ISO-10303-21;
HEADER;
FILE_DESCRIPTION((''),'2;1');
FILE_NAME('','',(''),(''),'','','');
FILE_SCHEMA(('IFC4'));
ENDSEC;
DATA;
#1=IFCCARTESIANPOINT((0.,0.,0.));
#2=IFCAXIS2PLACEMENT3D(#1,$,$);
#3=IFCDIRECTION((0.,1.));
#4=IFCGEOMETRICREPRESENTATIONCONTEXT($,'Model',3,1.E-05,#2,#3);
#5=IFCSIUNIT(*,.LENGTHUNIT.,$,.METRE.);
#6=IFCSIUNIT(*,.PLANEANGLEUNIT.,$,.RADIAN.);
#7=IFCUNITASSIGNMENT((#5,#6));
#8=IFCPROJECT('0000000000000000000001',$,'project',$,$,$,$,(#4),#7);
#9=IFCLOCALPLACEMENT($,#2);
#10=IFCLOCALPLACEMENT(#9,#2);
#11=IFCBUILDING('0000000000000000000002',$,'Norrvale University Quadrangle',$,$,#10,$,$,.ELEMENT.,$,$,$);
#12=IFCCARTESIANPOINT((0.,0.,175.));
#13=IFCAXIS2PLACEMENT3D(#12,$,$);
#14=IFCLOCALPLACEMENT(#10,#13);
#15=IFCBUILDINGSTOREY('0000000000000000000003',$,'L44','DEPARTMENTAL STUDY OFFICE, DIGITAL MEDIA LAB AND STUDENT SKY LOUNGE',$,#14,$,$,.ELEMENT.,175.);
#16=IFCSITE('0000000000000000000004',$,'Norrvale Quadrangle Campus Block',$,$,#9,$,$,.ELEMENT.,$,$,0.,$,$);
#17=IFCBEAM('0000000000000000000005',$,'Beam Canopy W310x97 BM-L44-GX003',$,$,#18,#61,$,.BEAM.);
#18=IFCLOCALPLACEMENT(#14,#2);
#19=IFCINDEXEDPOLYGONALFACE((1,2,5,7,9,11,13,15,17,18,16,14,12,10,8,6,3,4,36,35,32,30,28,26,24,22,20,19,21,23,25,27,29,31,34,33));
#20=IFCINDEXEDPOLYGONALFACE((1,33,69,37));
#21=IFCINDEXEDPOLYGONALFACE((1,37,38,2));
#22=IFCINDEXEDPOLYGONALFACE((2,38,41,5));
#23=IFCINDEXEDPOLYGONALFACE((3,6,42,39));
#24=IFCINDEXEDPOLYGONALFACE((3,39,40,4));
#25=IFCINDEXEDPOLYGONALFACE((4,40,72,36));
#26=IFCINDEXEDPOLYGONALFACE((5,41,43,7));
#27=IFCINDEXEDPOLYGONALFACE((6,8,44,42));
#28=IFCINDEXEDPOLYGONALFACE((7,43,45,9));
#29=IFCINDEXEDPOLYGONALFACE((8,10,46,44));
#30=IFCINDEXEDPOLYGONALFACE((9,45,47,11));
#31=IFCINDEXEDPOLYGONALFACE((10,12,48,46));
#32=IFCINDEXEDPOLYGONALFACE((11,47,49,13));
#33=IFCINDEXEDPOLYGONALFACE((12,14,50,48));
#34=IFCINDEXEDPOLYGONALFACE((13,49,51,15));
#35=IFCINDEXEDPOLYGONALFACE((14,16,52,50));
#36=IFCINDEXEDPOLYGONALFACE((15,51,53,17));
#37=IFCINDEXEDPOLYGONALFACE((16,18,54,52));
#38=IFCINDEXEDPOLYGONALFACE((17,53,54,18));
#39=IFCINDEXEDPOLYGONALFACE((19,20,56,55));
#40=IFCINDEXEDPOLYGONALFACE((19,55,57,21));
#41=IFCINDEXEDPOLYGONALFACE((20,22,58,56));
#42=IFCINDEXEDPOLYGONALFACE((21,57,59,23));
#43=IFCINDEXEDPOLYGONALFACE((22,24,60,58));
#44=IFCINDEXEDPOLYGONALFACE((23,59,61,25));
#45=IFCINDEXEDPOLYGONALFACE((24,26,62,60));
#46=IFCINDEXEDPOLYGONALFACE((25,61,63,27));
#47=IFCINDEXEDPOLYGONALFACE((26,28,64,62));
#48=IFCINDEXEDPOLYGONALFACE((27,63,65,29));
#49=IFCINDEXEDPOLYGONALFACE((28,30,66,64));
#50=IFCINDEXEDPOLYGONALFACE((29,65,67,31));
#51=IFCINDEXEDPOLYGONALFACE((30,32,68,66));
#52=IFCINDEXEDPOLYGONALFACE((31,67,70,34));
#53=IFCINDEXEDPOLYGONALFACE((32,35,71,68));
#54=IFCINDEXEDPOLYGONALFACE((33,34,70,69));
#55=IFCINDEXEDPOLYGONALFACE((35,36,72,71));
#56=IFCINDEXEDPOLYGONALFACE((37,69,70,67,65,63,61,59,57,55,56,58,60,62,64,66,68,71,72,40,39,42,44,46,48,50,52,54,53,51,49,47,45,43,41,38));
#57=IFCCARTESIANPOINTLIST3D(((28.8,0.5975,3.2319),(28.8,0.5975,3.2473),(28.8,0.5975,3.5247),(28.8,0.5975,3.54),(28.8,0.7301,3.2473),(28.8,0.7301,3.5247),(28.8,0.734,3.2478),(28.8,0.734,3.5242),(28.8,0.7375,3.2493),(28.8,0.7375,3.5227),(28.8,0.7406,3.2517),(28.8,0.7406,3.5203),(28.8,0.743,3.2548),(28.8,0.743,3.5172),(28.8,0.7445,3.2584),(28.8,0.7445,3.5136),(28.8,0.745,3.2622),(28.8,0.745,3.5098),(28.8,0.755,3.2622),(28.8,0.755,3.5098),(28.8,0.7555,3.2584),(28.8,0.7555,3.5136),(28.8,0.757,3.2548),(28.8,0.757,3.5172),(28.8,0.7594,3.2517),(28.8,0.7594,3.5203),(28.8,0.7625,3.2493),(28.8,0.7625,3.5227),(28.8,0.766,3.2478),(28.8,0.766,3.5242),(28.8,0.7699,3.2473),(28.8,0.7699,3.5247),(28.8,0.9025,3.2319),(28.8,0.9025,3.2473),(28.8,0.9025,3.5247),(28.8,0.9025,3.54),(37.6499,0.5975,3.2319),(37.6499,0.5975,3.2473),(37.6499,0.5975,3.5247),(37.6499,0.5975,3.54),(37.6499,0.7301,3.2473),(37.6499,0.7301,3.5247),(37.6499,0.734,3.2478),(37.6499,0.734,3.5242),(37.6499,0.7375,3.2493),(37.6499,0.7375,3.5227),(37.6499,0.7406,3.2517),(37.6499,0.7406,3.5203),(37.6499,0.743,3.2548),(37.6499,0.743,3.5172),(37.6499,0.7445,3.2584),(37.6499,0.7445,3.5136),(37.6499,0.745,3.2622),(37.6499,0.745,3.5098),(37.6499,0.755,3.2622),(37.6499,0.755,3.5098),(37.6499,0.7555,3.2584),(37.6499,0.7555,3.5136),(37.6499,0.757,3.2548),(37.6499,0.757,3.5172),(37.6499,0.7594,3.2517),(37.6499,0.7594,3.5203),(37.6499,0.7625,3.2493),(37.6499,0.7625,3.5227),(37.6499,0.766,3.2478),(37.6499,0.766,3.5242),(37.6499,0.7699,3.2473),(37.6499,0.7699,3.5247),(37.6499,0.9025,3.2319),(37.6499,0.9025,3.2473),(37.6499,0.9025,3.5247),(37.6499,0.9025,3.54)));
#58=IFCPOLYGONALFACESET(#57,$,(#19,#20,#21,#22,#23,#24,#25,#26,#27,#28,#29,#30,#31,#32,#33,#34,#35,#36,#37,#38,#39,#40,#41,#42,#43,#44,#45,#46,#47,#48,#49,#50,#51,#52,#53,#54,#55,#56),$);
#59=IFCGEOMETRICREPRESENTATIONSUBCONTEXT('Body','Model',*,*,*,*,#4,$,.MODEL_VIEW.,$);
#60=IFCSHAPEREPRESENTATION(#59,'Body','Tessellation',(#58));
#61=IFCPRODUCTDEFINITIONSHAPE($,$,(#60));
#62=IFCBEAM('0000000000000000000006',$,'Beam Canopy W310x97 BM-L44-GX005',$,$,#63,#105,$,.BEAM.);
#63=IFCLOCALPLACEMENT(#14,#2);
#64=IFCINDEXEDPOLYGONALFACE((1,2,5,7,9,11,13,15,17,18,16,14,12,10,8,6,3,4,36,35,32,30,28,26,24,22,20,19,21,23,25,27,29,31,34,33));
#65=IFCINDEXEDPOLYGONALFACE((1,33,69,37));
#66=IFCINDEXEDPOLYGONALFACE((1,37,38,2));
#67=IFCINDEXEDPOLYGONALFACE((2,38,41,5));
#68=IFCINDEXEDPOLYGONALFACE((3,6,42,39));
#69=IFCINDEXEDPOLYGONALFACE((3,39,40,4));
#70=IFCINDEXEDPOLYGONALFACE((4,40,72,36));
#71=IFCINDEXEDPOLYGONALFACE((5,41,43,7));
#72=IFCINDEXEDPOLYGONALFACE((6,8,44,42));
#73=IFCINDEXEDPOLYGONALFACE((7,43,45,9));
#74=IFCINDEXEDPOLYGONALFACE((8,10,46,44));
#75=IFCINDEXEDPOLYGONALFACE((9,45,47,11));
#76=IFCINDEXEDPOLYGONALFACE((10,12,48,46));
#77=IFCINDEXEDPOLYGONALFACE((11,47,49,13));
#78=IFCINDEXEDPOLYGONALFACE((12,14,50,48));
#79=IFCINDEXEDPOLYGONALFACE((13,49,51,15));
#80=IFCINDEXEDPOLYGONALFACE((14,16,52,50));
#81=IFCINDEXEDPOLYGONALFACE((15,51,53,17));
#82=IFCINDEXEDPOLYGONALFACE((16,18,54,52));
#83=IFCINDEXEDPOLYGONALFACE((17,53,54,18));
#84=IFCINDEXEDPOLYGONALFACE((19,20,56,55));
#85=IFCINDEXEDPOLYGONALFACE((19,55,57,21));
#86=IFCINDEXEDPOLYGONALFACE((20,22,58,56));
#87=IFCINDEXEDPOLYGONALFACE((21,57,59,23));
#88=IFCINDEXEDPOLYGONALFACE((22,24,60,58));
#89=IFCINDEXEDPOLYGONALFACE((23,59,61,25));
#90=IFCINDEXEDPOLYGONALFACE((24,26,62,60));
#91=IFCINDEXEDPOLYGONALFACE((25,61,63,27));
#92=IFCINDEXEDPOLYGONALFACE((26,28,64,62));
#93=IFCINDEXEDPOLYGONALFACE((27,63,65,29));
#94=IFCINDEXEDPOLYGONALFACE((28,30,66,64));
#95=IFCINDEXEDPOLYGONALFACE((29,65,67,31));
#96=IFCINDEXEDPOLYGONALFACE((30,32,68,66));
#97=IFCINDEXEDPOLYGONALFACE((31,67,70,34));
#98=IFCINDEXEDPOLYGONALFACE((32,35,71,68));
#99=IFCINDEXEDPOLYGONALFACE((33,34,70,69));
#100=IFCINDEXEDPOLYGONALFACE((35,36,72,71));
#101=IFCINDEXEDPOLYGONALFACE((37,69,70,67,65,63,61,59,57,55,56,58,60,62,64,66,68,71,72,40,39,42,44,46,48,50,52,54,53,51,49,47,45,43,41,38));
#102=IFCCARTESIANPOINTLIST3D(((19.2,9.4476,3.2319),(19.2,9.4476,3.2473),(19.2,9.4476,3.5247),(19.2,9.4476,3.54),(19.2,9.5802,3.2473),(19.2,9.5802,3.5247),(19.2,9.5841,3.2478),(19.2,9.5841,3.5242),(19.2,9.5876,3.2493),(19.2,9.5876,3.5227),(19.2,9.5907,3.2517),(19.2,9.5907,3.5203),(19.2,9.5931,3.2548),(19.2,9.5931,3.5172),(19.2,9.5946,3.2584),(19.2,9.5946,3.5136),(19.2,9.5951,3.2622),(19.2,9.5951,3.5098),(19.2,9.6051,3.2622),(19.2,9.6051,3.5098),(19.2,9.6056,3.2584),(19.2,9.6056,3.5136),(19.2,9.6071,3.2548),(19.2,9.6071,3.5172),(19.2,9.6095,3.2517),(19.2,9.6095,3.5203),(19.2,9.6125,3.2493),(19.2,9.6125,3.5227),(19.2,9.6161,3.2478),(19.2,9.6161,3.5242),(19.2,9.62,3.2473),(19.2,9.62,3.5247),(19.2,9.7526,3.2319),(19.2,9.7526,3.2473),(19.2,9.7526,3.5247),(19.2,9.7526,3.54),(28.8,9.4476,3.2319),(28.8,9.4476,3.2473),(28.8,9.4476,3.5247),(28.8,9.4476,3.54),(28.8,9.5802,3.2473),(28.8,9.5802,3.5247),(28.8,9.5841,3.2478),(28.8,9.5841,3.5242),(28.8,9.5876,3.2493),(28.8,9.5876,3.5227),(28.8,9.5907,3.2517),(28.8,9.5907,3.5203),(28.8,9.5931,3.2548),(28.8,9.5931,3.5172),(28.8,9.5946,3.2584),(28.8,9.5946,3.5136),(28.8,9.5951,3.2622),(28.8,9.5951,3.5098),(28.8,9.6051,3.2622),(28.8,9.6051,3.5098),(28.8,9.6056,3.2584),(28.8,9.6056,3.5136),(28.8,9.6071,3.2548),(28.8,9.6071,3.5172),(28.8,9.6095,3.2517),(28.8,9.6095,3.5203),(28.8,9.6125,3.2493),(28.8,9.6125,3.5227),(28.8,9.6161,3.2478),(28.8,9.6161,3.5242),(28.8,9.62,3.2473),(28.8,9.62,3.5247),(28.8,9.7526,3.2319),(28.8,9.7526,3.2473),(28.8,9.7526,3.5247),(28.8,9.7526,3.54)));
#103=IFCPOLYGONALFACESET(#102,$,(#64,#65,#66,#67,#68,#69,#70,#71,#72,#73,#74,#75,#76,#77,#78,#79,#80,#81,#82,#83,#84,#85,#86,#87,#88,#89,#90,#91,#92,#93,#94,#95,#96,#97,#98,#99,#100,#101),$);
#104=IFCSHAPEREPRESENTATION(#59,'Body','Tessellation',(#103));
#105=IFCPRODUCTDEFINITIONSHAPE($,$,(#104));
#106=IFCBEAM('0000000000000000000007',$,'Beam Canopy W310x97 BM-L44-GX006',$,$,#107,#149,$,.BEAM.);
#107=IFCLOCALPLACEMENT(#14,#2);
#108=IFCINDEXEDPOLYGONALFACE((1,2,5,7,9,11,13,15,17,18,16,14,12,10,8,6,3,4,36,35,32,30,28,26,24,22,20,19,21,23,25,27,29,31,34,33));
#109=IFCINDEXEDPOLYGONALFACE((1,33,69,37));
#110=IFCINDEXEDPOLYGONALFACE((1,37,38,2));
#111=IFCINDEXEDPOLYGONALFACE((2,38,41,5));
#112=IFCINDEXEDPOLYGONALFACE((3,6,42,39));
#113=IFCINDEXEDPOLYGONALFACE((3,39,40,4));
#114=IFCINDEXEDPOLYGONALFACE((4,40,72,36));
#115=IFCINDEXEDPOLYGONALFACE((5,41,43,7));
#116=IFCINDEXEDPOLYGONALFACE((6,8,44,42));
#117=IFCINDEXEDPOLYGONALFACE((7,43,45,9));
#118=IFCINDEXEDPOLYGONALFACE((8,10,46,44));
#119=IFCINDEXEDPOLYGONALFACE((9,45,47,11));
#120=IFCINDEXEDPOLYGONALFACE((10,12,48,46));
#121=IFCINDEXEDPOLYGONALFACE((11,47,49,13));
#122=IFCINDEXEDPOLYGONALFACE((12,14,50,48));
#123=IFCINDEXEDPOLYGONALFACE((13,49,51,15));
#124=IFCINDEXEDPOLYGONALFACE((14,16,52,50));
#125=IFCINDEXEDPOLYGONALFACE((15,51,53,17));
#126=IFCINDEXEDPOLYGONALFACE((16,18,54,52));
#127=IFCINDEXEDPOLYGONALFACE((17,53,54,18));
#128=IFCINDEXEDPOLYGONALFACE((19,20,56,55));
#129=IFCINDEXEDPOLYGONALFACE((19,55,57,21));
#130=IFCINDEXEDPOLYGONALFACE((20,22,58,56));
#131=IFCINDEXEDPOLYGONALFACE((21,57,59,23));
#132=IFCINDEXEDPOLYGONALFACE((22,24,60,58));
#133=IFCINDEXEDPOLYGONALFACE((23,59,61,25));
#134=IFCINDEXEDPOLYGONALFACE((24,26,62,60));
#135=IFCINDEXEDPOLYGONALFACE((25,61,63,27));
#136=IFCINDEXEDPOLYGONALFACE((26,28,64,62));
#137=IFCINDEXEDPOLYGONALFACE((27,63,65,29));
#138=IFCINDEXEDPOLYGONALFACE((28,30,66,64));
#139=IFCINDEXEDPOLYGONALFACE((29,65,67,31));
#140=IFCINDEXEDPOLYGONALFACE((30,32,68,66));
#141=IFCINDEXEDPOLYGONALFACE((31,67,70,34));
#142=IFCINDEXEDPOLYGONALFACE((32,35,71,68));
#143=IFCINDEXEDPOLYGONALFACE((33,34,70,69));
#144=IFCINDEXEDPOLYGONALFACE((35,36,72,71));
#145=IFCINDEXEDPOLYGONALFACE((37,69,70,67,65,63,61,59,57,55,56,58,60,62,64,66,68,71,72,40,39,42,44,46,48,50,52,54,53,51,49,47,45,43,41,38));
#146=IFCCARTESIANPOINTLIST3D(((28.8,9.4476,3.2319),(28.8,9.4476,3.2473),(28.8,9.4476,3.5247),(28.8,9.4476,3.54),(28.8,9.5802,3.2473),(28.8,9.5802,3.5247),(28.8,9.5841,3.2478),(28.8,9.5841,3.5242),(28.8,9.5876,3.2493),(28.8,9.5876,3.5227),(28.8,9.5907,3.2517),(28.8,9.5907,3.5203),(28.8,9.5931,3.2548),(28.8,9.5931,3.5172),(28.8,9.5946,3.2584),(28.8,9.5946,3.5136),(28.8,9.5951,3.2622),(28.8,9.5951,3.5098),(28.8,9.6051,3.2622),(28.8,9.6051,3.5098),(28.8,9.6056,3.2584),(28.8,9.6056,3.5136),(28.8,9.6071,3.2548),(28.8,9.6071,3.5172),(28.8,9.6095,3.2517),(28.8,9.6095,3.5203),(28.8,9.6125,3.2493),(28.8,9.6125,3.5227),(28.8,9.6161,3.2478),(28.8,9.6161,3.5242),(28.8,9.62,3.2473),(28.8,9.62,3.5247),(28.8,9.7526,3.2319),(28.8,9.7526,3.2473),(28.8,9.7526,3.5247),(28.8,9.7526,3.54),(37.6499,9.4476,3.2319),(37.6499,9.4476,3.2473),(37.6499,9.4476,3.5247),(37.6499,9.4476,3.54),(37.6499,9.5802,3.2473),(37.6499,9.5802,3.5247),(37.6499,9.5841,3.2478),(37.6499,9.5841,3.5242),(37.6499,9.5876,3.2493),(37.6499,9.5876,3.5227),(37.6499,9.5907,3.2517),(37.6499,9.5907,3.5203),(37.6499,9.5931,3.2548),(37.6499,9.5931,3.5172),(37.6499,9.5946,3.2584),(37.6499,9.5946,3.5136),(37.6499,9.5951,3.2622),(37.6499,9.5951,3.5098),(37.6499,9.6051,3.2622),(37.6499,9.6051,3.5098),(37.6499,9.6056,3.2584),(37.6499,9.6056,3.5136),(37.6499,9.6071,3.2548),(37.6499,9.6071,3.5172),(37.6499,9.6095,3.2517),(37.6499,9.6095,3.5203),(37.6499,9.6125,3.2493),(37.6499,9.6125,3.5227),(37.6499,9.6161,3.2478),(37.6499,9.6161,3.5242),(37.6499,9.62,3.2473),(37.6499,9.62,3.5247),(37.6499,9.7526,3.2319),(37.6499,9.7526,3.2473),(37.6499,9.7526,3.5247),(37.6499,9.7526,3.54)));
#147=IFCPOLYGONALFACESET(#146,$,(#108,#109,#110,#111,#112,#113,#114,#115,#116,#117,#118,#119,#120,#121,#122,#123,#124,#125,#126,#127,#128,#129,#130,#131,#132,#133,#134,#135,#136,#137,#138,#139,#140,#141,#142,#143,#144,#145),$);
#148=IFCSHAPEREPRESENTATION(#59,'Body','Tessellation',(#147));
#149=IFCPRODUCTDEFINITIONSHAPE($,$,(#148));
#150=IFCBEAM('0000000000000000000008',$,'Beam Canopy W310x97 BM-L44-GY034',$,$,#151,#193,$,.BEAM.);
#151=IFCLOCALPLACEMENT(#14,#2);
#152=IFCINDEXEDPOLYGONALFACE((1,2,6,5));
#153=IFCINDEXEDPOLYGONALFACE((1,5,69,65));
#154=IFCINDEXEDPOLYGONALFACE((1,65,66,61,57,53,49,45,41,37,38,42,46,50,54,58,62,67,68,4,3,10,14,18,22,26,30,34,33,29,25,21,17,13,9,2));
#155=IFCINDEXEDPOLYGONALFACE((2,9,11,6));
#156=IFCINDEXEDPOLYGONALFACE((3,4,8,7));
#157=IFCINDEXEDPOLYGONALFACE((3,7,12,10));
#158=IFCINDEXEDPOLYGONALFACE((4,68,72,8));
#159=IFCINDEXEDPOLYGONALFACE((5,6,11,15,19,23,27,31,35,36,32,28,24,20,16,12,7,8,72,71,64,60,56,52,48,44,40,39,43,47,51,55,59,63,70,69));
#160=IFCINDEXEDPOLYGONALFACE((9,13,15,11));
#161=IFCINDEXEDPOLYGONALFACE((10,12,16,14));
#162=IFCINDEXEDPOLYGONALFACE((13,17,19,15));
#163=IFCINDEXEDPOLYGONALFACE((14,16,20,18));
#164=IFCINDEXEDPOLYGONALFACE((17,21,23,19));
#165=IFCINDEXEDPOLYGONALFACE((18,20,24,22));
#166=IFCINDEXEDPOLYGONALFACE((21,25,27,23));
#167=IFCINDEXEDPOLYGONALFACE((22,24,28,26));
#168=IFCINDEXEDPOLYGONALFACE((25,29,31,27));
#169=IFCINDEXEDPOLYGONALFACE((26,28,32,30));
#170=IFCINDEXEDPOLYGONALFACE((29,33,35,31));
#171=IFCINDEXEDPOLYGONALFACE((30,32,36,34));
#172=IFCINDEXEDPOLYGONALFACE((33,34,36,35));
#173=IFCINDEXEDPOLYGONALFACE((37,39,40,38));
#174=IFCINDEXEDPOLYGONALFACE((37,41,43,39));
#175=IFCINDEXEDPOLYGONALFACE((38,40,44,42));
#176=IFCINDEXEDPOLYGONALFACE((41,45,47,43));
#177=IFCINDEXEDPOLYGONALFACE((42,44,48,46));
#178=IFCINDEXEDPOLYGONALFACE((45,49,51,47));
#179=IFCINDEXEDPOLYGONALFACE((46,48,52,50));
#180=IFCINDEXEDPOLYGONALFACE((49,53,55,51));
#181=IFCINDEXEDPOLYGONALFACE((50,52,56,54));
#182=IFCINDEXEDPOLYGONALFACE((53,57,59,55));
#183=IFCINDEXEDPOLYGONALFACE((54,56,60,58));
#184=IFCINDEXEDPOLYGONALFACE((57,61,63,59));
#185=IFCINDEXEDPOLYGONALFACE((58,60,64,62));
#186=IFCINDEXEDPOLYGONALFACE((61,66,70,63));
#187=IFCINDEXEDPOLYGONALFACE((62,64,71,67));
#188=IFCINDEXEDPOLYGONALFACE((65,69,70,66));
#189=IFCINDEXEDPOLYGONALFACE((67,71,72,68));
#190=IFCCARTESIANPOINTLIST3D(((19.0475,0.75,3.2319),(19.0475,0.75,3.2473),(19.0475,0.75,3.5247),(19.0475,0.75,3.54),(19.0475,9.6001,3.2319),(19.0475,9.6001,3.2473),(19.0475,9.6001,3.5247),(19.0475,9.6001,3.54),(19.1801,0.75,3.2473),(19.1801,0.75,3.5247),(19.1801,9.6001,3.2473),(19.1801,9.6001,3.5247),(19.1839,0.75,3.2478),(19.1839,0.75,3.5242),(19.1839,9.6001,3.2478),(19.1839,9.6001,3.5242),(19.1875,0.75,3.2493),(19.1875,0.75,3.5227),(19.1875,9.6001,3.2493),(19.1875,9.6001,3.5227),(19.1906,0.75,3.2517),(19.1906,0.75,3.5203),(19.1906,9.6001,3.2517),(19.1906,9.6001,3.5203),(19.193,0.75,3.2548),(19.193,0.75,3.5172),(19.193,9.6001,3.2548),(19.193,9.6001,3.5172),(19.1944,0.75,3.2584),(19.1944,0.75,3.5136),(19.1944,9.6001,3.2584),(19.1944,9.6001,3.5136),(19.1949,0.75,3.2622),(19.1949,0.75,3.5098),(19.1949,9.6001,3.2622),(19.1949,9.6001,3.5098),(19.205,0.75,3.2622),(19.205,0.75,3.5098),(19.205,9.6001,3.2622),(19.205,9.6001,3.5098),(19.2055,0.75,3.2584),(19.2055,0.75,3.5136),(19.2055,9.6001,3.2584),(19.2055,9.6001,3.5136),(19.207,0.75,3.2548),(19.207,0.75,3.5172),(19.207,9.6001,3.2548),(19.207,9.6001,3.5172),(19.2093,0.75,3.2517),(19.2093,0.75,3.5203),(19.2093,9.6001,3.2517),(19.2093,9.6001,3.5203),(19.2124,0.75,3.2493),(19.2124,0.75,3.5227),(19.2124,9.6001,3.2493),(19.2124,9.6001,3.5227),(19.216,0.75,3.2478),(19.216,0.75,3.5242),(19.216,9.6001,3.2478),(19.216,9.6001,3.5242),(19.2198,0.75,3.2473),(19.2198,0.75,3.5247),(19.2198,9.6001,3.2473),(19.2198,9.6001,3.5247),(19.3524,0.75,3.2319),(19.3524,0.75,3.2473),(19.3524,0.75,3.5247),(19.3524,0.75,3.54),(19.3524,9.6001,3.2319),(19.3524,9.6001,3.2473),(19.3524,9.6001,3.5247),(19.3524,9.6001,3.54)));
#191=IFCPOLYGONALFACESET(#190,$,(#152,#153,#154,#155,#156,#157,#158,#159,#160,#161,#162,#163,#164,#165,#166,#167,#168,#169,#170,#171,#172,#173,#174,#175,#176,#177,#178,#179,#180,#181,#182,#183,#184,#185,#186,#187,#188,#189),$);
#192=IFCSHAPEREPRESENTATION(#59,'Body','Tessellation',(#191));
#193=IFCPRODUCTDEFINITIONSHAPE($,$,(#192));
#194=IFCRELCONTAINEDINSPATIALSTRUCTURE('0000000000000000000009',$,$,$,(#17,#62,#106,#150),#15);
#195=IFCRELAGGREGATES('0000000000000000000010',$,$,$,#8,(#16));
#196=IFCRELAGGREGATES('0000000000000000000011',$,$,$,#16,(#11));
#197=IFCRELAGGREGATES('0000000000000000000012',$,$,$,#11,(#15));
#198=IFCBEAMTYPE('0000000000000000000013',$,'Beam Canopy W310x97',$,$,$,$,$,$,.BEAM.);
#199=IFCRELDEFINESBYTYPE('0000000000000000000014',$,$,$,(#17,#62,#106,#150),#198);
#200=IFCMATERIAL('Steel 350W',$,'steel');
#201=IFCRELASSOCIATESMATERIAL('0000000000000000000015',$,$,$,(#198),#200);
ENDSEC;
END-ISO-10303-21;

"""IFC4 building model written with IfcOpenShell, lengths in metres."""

from ifc_helpers import new_model, si_unit, direction, frame, origin, origin_2d, place, context, subcontext, project, spatial, i_section, extrude, material, material_profile, profile_set, type_object, element, save


model = new_model("IFC4")

# Units and contexts
model_context = context("Model", 3, precision=1e-05, world=origin(), true_north=direction((0.0, 1.0)))
body_context = subcontext(model_context, "Body", "Model", "MODEL_VIEW")
ifc_project = project(units=[si_unit("LENGTHUNIT", "METRE"), si_unit("PLANEANGLEUNIT", "RADIAN")], contexts=[model_context])

# Site, building, storey
site_placement = place(None, origin())
site = spatial("IfcSite", under=ifc_project, at=site_placement, Name="Norrvale Quadrangle Campus Block", CompositionType="ELEMENT", RefElevation=0.0)
building_placement = place(site_placement, origin())
building = spatial("IfcBuilding", under=site, at=building_placement, Name="Norrvale University Quadrangle", CompositionType="ELEMENT")
storey_placement = place(building_placement, frame((0.0, 0.0, 175.0)))
storey = spatial("IfcBuildingStorey", under=building, at=storey_placement, Name="L44", Description="DEPARTMENTAL STUDY OFFICE, DIGITAL MEDIA LAB AND STUDENT SKY LOUNGE", CompositionType="ELEMENT", Elevation=175.0)

# Beams
ifc_material_1 = material(Name="Steel 350W", Category="steel")
ifc_material_profile_1 = material_profile(ifc_material_1, i_section(OverallWidth=0.3049, OverallDepth=0.3081, WebThickness=0.01, FlangeThickness=0.0154, FilletRadius=0.0149, at=origin_2d()), Name="Steel 350W")
ifc_profile_set_1 = profile_set([ifc_material_profile_1], Name="Steel 350W")
beam_type_1 = type_object("IfcBeamType", Name="Beam Canopy W310x97", PredefinedType="BEAM", material=ifc_profile_set_1)
beam_1_placement = place(storey_placement, frame((28.8, 0.75, 3.386), z_axis=(1.0, 0.0, 0.0), x_axis=(0.0, 1.0, 0.0)))
element("IfcBeam", 1, at=beam_1_placement, inside=storey, type_object=beam_type_1, Name="Beam Canopy W310x97 BM-L44-GX003", PredefinedType="BEAM", context=body_context, shape_type="SweptSolid", body=[
    extrude(i_section(OverallWidth=0.3049, OverallDepth=0.3081, WebThickness=0.01, FlangeThickness=0.0154, FilletRadius=0.0149, at=origin_2d()), origin(), (0.0, 0.0, 1.0), 8.8499),
])
beam_2_placement = place(storey_placement, frame((19.2, 9.6001, 3.386), z_axis=(1.0, 0.0, 0.0), x_axis=(0.0, 1.0, 0.0)))
element("IfcBeam", 2, at=beam_2_placement, inside=storey, type_object=beam_type_1, Name="Beam Canopy W310x97 BM-L44-GX005", PredefinedType="BEAM", context=body_context, shape_type="SweptSolid", body=[
    extrude(i_section(OverallWidth=0.3049, OverallDepth=0.3081, WebThickness=0.01, FlangeThickness=0.0154, FilletRadius=0.0149, at=origin_2d()), origin(), (0.0, 0.0, 1.0), 9.6001),
])
beam_3_placement = place(storey_placement, frame((28.8, 9.6001, 3.386), z_axis=(1.0, 0.0, 0.0), x_axis=(0.0, 1.0, 0.0)))
element("IfcBeam", 3, at=beam_3_placement, inside=storey, type_object=beam_type_1, Name="Beam Canopy W310x97 BM-L44-GX006", PredefinedType="BEAM", context=body_context, shape_type="SweptSolid", body=[
    extrude(i_section(OverallWidth=0.3049, OverallDepth=0.3081, WebThickness=0.01, FlangeThickness=0.0154, FilletRadius=0.0149, at=origin_2d()), origin(), (0.0, 0.0, 1.0), 8.8499),
])
beam_4_placement = place(storey_placement, frame((19.2, 0.75, 3.386), z_axis=(0.0, 1.0, 0.0), x_axis=(-1.0, 0.0, 0.0)))
element("IfcBeam", 4, at=beam_4_placement, inside=storey, type_object=beam_type_1, Name="Beam Canopy W310x97 BM-L44-GY034", PredefinedType="BEAM", context=body_context, shape_type="SweptSolid", body=[
    extrude(i_section(OverallWidth=0.3049, OverallDepth=0.3081, WebThickness=0.01, FlangeThickness=0.0154, FilletRadius=0.0149, at=origin_2d()), origin(), (0.0, 0.0, 1.0), 8.8501),
])

save(model, "model.ifc")
